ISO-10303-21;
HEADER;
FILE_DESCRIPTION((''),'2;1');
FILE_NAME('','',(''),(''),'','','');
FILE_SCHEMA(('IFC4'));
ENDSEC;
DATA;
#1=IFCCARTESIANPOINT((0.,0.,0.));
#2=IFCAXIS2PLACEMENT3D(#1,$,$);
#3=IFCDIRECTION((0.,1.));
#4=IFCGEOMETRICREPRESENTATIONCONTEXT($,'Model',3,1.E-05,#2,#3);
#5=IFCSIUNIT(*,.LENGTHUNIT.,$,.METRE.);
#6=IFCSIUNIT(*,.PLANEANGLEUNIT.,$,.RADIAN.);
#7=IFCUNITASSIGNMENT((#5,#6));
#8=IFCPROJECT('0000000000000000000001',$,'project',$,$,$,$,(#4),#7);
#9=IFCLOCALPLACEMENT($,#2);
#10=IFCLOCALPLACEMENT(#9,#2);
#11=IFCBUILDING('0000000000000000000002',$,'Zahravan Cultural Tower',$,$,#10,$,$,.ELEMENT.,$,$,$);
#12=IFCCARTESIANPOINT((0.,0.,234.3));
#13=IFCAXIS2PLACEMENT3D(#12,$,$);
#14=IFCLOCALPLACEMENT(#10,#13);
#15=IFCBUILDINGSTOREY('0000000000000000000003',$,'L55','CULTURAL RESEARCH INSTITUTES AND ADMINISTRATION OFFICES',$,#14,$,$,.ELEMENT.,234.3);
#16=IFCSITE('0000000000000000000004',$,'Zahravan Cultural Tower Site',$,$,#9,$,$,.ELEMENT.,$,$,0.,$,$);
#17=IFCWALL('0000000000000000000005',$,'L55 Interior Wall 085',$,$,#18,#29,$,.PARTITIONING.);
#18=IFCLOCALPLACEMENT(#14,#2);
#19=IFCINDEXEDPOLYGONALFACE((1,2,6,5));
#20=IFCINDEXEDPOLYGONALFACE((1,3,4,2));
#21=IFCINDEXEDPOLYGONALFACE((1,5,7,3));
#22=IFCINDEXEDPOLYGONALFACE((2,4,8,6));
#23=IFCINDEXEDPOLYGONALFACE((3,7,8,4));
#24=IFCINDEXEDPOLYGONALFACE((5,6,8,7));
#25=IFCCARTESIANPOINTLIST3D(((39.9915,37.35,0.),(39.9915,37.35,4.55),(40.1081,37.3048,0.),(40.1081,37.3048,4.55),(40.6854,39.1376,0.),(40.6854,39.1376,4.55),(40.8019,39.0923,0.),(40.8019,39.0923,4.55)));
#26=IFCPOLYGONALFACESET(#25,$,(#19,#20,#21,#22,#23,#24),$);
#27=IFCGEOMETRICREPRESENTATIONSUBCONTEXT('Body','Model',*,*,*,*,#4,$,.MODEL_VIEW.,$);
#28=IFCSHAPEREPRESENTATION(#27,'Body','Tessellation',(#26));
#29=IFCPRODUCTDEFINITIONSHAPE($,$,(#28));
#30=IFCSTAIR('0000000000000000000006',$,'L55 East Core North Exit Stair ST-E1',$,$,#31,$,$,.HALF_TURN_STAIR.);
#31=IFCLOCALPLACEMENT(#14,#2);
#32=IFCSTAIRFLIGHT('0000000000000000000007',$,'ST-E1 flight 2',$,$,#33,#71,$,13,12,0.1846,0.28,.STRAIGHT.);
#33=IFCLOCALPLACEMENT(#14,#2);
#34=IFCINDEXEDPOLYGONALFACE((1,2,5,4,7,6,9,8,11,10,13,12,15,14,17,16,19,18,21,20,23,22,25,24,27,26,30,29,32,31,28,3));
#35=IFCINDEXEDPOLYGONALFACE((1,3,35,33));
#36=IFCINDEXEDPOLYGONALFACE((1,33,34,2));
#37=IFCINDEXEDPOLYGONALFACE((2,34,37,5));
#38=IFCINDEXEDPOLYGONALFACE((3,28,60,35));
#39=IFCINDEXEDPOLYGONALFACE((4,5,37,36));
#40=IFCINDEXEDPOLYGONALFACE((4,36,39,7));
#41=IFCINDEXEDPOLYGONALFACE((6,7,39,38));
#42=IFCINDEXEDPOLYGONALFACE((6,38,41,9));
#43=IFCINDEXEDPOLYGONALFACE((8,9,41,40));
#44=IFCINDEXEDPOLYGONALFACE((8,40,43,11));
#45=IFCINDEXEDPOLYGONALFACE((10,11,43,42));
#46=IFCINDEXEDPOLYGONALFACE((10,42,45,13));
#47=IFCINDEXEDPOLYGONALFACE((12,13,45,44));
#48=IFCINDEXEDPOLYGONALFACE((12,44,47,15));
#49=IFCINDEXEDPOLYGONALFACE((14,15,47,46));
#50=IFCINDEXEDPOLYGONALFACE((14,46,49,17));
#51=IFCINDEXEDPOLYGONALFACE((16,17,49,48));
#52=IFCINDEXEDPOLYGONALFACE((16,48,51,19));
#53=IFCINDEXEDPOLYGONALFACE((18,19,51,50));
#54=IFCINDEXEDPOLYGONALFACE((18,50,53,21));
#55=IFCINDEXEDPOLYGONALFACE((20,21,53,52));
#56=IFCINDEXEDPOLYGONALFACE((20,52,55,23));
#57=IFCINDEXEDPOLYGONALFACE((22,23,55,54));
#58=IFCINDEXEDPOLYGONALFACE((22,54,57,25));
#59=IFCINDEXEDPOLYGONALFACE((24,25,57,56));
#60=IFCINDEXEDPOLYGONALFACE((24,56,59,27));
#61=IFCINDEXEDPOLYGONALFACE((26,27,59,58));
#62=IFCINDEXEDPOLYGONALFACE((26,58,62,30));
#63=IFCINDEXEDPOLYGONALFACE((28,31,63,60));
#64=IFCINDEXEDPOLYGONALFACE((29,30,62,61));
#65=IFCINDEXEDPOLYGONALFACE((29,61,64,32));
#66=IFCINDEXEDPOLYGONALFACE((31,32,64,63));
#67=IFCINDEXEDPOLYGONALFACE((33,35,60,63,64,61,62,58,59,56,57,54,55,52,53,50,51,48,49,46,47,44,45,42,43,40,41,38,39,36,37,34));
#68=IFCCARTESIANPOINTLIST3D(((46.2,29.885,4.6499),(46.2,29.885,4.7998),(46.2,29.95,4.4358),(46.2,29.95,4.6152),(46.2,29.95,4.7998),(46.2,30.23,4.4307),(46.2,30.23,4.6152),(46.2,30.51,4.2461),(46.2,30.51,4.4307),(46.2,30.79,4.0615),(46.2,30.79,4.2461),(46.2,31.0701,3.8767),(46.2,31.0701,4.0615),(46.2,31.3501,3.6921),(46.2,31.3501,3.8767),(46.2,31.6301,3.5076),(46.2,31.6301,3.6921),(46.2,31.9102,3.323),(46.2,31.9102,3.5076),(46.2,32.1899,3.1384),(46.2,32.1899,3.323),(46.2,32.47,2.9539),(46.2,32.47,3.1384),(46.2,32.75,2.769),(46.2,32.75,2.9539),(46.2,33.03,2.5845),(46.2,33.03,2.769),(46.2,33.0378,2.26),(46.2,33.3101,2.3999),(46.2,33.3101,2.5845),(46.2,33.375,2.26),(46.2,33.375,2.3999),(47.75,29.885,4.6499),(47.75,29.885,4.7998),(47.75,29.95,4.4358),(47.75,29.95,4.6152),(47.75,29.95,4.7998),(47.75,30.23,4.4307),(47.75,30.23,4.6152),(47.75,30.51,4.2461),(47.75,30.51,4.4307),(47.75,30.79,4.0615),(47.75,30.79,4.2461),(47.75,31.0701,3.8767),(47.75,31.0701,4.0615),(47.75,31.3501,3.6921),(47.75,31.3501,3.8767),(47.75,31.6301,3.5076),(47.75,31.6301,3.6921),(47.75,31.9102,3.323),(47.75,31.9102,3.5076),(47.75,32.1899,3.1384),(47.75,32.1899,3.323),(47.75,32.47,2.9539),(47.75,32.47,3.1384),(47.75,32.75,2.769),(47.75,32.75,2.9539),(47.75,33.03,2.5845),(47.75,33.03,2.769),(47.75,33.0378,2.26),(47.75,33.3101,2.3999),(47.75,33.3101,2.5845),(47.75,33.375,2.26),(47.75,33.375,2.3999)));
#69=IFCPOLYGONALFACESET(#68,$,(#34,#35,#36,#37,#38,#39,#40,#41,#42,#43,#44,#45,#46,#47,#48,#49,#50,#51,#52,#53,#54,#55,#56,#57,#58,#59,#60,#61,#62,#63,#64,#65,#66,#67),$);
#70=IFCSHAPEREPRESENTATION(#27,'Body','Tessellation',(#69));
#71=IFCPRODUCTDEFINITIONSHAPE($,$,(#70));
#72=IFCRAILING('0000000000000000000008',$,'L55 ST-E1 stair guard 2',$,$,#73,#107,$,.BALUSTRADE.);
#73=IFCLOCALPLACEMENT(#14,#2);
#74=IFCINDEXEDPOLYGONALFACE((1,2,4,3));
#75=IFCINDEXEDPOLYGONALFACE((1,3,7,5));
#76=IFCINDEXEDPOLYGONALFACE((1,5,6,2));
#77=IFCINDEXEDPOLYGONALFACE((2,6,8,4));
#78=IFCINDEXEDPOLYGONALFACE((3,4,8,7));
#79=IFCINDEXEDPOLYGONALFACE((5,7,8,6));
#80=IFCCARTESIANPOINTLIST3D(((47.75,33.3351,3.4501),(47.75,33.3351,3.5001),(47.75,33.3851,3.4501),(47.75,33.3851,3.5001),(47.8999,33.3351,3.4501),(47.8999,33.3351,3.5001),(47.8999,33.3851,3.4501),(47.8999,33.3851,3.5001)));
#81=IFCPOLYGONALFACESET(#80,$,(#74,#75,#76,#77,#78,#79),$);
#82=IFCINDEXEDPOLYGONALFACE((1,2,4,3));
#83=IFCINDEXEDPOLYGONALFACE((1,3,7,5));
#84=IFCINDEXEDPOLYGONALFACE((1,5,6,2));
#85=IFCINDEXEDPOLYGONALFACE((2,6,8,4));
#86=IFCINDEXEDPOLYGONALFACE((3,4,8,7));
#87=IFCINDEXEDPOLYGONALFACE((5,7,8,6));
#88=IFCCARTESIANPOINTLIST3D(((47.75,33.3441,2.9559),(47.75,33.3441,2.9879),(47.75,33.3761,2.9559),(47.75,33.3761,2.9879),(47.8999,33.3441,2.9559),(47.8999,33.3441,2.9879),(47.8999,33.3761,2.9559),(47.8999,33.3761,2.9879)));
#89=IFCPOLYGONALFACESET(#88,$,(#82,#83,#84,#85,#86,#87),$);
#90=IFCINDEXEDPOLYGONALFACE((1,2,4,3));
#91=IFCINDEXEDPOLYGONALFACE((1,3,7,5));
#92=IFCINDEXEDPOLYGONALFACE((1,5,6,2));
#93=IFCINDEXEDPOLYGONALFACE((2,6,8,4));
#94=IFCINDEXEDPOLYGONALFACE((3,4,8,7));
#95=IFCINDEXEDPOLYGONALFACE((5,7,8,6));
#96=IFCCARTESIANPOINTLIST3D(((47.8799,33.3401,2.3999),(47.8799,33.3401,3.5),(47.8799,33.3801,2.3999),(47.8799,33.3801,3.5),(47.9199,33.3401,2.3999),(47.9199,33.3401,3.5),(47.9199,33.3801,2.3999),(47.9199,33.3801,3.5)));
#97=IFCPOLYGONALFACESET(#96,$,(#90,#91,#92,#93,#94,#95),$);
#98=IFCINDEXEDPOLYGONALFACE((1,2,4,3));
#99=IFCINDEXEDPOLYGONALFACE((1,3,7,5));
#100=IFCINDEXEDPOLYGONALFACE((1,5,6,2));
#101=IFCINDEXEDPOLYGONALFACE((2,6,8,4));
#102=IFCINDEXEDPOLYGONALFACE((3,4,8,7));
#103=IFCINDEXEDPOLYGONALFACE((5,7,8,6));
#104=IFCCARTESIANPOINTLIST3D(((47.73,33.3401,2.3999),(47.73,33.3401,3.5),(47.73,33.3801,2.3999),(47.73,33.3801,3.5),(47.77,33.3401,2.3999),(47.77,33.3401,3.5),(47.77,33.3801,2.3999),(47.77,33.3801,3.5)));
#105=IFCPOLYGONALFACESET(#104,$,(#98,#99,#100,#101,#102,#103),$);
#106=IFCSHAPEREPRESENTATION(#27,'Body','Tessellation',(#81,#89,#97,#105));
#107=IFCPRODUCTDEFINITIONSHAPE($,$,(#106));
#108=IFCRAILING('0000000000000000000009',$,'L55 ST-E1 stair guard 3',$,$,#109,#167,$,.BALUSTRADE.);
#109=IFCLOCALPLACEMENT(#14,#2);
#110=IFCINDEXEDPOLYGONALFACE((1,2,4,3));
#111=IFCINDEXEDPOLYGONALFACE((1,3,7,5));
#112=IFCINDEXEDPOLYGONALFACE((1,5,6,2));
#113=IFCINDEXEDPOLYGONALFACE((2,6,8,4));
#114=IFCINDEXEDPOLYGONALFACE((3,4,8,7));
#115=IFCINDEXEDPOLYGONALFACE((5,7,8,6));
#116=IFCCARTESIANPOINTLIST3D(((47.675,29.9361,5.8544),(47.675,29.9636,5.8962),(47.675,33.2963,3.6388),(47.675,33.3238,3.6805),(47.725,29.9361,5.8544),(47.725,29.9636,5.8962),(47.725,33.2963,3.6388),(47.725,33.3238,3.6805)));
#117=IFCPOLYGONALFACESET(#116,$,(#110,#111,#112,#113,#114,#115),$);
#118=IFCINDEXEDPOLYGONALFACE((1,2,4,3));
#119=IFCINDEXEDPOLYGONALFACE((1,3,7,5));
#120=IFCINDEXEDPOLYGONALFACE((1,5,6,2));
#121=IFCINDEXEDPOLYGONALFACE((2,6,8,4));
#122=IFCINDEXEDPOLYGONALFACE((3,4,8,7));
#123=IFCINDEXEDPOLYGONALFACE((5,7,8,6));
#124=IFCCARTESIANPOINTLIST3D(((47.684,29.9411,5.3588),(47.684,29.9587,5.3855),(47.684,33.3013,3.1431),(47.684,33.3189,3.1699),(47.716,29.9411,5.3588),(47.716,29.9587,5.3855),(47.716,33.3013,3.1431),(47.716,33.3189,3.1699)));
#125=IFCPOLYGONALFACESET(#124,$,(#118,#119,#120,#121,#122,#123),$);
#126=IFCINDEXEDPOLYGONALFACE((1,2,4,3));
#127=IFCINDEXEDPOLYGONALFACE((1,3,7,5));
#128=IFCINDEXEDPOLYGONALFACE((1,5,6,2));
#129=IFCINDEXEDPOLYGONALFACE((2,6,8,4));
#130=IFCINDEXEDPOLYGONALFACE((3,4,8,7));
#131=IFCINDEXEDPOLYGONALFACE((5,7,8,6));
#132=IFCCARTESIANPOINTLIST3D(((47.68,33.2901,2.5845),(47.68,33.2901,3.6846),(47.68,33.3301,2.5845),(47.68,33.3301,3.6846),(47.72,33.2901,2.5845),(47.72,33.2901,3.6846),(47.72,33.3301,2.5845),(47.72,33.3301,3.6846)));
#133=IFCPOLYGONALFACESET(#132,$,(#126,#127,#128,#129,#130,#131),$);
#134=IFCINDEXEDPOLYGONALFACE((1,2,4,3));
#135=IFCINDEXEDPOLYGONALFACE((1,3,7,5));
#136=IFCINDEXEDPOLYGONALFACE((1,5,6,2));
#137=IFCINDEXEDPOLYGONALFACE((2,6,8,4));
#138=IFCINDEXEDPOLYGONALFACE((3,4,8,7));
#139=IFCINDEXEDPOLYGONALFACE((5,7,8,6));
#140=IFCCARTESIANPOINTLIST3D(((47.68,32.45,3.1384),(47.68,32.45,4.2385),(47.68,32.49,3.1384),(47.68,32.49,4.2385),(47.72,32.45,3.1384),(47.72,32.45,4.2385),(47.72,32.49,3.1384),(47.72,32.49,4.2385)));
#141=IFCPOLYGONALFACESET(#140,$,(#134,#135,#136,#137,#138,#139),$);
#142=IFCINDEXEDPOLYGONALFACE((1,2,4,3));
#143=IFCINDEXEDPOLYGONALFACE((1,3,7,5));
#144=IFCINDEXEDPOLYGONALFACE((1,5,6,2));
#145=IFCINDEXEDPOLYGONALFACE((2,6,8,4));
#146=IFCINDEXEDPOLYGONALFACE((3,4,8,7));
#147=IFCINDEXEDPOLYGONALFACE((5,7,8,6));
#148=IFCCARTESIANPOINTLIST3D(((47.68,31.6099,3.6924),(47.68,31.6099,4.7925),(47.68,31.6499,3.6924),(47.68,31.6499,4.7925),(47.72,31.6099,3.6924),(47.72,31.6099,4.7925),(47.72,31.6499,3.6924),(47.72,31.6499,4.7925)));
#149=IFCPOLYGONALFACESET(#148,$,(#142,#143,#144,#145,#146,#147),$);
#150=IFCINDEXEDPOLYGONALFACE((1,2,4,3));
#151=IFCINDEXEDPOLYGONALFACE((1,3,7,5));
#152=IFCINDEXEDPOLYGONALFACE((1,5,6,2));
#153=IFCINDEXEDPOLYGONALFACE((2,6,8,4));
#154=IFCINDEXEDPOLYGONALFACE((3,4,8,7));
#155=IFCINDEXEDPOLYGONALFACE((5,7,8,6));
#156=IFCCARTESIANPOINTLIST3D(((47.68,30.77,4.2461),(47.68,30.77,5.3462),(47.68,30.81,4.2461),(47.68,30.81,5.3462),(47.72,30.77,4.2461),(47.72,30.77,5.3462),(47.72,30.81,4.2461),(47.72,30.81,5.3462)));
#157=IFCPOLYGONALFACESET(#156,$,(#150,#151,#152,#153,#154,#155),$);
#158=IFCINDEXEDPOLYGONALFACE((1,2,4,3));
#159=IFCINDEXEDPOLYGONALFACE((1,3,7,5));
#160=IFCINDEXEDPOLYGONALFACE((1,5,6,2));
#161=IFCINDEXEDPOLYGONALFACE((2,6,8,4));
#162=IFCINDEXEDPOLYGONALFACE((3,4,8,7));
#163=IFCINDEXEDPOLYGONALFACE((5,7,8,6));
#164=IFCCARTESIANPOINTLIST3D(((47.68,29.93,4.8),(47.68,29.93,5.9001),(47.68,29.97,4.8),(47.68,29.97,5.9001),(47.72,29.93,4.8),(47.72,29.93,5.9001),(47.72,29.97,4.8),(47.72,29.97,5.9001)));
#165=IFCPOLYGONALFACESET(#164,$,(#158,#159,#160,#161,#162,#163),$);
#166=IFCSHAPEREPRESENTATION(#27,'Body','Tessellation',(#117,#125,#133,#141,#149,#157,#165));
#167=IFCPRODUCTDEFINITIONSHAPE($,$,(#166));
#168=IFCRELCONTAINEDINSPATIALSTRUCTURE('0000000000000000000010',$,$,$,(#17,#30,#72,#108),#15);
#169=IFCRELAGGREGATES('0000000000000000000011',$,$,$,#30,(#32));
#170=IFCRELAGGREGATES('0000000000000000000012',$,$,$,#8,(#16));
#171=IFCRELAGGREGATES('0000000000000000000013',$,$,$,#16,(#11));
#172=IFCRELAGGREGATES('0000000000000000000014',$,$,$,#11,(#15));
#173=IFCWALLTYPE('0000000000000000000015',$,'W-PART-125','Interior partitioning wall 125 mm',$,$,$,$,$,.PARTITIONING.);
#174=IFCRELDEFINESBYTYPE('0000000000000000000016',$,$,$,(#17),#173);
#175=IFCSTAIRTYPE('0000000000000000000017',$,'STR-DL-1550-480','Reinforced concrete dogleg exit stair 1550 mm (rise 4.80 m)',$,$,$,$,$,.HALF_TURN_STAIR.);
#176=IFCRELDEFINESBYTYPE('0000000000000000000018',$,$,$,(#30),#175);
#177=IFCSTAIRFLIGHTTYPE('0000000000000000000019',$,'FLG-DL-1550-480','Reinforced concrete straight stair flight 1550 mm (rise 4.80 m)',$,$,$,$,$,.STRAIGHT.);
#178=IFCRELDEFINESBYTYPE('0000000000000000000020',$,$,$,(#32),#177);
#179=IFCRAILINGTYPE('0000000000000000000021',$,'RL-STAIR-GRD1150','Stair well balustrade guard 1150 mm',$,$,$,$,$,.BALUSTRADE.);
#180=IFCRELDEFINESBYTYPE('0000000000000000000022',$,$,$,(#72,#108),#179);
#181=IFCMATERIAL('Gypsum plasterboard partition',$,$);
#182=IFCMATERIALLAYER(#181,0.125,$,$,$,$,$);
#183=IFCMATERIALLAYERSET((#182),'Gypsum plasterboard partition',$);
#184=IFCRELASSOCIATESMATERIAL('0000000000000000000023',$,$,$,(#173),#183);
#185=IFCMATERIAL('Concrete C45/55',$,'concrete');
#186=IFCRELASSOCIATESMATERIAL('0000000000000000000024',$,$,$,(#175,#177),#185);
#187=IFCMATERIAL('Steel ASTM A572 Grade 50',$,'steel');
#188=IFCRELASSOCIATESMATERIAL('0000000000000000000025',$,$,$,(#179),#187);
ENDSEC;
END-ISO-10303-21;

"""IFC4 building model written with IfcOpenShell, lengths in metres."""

from ifc_helpers import new_model, si_unit, direction, frame, frame_2d, origin, origin_2d, place, context, subcontext, project, spatial, polyline, rectangle, outline, extrude, source, transform, mapped, material, layer, layer_set, type_object, element, aggregate, save


model = new_model("IFC4")

# Units and contexts
model_context = context("Model", 3, precision=1e-05, world=origin(), true_north=direction((0.0, 1.0)))
body_context = subcontext(model_context, "Body", "Model", "MODEL_VIEW")
ifc_project = project(units=[si_unit("LENGTHUNIT", "METRE"), si_unit("PLANEANGLEUNIT", "RADIAN")], contexts=[model_context])

# Site, building, storey
site_placement = place(None, origin())
site = spatial("IfcSite", under=ifc_project, at=site_placement, Name="Zahravan Cultural Tower Site", CompositionType="ELEMENT", RefElevation=0.0)
building_placement = place(site_placement, origin())
building = spatial("IfcBuilding", under=site, at=building_placement, Name="Zahravan Cultural Tower", CompositionType="ELEMENT")
storey_placement = place(building_placement, frame((0.0, 0.0, 234.3)))
storey = spatial("IfcBuildingStorey", under=building, at=storey_placement, Name="L55", Description="CULTURAL RESEARCH INSTITUTES AND ADMINISTRATION OFFICES", CompositionType="ELEMENT", Elevation=234.3)

# Shared definitions
ifc_material_1 = material(Name="Steel ASTM A572 Grade 50", Category="steel")

# Shared definitions
ifc_material_2 = material(Name="Gypsum plasterboard partition")
ifc_layer_1 = layer(ifc_material_2, 0.125)
ifc_layer_set_1 = layer_set([ifc_layer_1], Name="Gypsum plasterboard partition")
wall_type_1 = type_object("IfcWallType", Name="W-PART-125", Description="Interior partitioning wall 125 mm", PredefinedType="PARTITIONING", material=ifc_layer_set_1)
ifc_material_3 = material(Name="Concrete C45/55", Category="concrete")

# Wall
shared_shape_1 = source(origin(), body_context, "Body", "SweptSolid", [
    extrude(rectangle(XDim=1.9175, YDim=0.125, at=frame_2d((0.9587, 0.0))), origin(), (0.0, 0.0, 1.0), 4.55),
])
wall_1_placement = place(storey_placement, frame((40.0498, 37.3274, 0.0), z_axis=(0.0, 0.0, 1.0), x_axis=(0.361844, 0.932239, 0.0)))
element("IfcWall", 1, at=wall_1_placement, inside=storey, type_object=wall_type_1, Name="L55 Interior Wall 085", PredefinedType="PARTITIONING", context=body_context, shape_type="MappedRepresentation", body=[
    mapped(shared_shape_1, transform((0.0, 0.0, 0.0), x_axis=(1.0, 0.0, 0.0), y_axis=(0.0, 1.0, 0.0), z_axis=(0.0, 0.0, 1.0), scale=1.0)),
])

# Stair, stair flight
stair_type = type_object("IfcStairType", Name="STR-DL-1550-480", Description="Reinforced concrete dogleg exit stair 1550 mm (rise 4.80 m)", PredefinedType="HALF_TURN_STAIR", material=ifc_material_3)
stair_placement = place(storey_placement, origin())
stair = element("IfcStair", 2, at=stair_placement, inside=storey, type_object=stair_type, Name="L55 East Core North Exit Stair ST-E1", PredefinedType="HALF_TURN_STAIR")
stair_flight_type = type_object("IfcStairFlightType", Name="FLG-DL-1550-480", Description="Reinforced concrete straight stair flight 1550 mm (rise 4.80 m)", PredefinedType="STRAIGHT", material=ifc_material_3)
stair_flight_placement = place(storey_placement, frame((46.9751, 33.3101, 2.3999), z_axis=(0.0, 0.0, 1.0), x_axis=(0.0, -1.0, 0.0)))
stair_flight = element("IfcStairFlight", 3, at=stair_flight_placement, type_object=stair_flight_type, Name="ST-E1 flight 2", NumberOfRisers=13, NumberOfTreads=12, PredefinedType="STRAIGHT", RiserHeight=0.1846, TreadLength=0.28, context=body_context, shape_type="SweptSolid", body=[
    extrude(outline(polyline([(-0.0649, -0.1399), (-0.0649, 0.0), (0.0, 0.0), (0.0, 0.1846), (0.28, 0.1846), (0.28, 0.3691), (0.5601, 0.3691), (0.5601, 0.554), (0.8401, 0.554), (0.8401, 0.7385), (1.1201, 0.7385), (1.1201, 0.9231), (1.3999, 0.9231), (1.3999, 1.1077), (1.6799, 1.1077), (1.6799, 1.2922), (1.96, 1.2922), (1.96, 1.4768), (2.24, 1.4768), (2.24, 1.6616), (2.52, 1.6616), (2.52, 1.8462), (2.8, 1.8462), (2.8, 2.0308), (3.0801, 2.0308), (3.0801, 2.2153), (3.3601, 2.2153), (3.3601, 2.3999), (3.425, 2.3999), (3.425, 2.25), (3.3601, 2.0359), (0.2722, -0.1399), (-0.0649, -0.1399)])), frame((0.0, 0.7749, 0.0), z_axis=(0.0, -1.0, 0.0), x_axis=(1.0, 0.0, 0.0)), (0.0, 0.0, 1.0), 1.55),
])
aggregate(stair, [stair_flight])

# Railings
railing_type_1 = type_object("IfcRailingType", Name="RL-STAIR-GRD1150", Description="Stair well balustrade guard 1150 mm", PredefinedType="BALUSTRADE", material=ifc_material_1)
railing_1_placement = place(storey_placement, frame((47.8999, 33.3601, 2.3999)))
element("IfcRailing", 4, at=railing_1_placement, inside=storey, type_object=railing_type_1, Name="L55 ST-E1 stair guard 2", PredefinedType="BALUSTRADE", context=body_context, shape_type="SweptSolid", body=[
    extrude(rectangle(XDim=0.05, YDim=0.05, at=origin_2d()), frame((0.0, 0.0, 1.0752), z_axis=(-1.0, 0.0, 0.0), x_axis=(0.0, -1.0, 0.0)), (0.0, 0.0, 1.0), 0.1499),
    extrude(rectangle(XDim=0.032, YDim=0.032, at=origin_2d()), frame((0.0, 0.0, 0.572), z_axis=(-1.0, 0.0, 0.0), x_axis=(0.0, -1.0, 0.0)), (0.0, 0.0, 1.0), 0.1499),
    extrude(rectangle(XDim=0.04, YDim=0.04, at=origin_2d()), origin(), (0.0, 0.0, 1.0), 1.1001),
    extrude(rectangle(XDim=0.04, YDim=0.04, at=origin_2d()), frame((-0.1499, 0.0, 0.0)), (0.0, 0.0, 1.0), 1.1001),
])
railing_2_placement = place(storey_placement, frame((47.7, 33.3101, 2.5845)))
element("IfcRailing", 5, at=railing_2_placement, inside=storey, type_object=railing_type_1, Name="L55 ST-E1 stair guard 3", PredefinedType="BALUSTRADE", context=body_context, shape_type="SweptSolid", body=[
    extrude(rectangle(XDim=0.05, YDim=0.05, at=origin_2d()), frame((0.0, 0.0, 1.0752), z_axis=(0.0, -0.834849, 0.55048), x_axis=(1.0, 0.0, 0.0)), (0.0, 0.0, 1.0), 4.0249),
    extrude(rectangle(XDim=0.032, YDim=0.032, at=origin_2d()), frame((0.0, 0.0, 0.572), z_axis=(0.0, -0.834849, 0.55048), x_axis=(1.0, 0.0, 0.0)), (0.0, 0.0, 1.0), 4.0249),
    extrude(rectangle(XDim=0.04, YDim=0.04, at=origin_2d()), origin(), (0.0, 0.0, 1.0), 1.1001),
    extrude(rectangle(XDim=0.04, YDim=0.04, at=origin_2d()), frame((0.0, -0.8401, 0.554)), (0.0, 0.0, 1.0), 1.1001),
    extrude(rectangle(XDim=0.04, YDim=0.04, at=origin_2d()), frame((0.0, -1.6802, 1.1079)), (0.0, 0.0, 1.0), 1.1001),
    extrude(rectangle(XDim=0.04, YDim=0.04, at=origin_2d()), frame((0.0, -2.52, 1.6616)), (0.0, 0.0, 1.0), 1.1001),
    extrude(rectangle(XDim=0.04, YDim=0.04, at=origin_2d()), frame((0.0, -3.3601, 2.2156)), (0.0, 0.0, 1.0), 1.1001),
])

save(model, "model.ifc")
